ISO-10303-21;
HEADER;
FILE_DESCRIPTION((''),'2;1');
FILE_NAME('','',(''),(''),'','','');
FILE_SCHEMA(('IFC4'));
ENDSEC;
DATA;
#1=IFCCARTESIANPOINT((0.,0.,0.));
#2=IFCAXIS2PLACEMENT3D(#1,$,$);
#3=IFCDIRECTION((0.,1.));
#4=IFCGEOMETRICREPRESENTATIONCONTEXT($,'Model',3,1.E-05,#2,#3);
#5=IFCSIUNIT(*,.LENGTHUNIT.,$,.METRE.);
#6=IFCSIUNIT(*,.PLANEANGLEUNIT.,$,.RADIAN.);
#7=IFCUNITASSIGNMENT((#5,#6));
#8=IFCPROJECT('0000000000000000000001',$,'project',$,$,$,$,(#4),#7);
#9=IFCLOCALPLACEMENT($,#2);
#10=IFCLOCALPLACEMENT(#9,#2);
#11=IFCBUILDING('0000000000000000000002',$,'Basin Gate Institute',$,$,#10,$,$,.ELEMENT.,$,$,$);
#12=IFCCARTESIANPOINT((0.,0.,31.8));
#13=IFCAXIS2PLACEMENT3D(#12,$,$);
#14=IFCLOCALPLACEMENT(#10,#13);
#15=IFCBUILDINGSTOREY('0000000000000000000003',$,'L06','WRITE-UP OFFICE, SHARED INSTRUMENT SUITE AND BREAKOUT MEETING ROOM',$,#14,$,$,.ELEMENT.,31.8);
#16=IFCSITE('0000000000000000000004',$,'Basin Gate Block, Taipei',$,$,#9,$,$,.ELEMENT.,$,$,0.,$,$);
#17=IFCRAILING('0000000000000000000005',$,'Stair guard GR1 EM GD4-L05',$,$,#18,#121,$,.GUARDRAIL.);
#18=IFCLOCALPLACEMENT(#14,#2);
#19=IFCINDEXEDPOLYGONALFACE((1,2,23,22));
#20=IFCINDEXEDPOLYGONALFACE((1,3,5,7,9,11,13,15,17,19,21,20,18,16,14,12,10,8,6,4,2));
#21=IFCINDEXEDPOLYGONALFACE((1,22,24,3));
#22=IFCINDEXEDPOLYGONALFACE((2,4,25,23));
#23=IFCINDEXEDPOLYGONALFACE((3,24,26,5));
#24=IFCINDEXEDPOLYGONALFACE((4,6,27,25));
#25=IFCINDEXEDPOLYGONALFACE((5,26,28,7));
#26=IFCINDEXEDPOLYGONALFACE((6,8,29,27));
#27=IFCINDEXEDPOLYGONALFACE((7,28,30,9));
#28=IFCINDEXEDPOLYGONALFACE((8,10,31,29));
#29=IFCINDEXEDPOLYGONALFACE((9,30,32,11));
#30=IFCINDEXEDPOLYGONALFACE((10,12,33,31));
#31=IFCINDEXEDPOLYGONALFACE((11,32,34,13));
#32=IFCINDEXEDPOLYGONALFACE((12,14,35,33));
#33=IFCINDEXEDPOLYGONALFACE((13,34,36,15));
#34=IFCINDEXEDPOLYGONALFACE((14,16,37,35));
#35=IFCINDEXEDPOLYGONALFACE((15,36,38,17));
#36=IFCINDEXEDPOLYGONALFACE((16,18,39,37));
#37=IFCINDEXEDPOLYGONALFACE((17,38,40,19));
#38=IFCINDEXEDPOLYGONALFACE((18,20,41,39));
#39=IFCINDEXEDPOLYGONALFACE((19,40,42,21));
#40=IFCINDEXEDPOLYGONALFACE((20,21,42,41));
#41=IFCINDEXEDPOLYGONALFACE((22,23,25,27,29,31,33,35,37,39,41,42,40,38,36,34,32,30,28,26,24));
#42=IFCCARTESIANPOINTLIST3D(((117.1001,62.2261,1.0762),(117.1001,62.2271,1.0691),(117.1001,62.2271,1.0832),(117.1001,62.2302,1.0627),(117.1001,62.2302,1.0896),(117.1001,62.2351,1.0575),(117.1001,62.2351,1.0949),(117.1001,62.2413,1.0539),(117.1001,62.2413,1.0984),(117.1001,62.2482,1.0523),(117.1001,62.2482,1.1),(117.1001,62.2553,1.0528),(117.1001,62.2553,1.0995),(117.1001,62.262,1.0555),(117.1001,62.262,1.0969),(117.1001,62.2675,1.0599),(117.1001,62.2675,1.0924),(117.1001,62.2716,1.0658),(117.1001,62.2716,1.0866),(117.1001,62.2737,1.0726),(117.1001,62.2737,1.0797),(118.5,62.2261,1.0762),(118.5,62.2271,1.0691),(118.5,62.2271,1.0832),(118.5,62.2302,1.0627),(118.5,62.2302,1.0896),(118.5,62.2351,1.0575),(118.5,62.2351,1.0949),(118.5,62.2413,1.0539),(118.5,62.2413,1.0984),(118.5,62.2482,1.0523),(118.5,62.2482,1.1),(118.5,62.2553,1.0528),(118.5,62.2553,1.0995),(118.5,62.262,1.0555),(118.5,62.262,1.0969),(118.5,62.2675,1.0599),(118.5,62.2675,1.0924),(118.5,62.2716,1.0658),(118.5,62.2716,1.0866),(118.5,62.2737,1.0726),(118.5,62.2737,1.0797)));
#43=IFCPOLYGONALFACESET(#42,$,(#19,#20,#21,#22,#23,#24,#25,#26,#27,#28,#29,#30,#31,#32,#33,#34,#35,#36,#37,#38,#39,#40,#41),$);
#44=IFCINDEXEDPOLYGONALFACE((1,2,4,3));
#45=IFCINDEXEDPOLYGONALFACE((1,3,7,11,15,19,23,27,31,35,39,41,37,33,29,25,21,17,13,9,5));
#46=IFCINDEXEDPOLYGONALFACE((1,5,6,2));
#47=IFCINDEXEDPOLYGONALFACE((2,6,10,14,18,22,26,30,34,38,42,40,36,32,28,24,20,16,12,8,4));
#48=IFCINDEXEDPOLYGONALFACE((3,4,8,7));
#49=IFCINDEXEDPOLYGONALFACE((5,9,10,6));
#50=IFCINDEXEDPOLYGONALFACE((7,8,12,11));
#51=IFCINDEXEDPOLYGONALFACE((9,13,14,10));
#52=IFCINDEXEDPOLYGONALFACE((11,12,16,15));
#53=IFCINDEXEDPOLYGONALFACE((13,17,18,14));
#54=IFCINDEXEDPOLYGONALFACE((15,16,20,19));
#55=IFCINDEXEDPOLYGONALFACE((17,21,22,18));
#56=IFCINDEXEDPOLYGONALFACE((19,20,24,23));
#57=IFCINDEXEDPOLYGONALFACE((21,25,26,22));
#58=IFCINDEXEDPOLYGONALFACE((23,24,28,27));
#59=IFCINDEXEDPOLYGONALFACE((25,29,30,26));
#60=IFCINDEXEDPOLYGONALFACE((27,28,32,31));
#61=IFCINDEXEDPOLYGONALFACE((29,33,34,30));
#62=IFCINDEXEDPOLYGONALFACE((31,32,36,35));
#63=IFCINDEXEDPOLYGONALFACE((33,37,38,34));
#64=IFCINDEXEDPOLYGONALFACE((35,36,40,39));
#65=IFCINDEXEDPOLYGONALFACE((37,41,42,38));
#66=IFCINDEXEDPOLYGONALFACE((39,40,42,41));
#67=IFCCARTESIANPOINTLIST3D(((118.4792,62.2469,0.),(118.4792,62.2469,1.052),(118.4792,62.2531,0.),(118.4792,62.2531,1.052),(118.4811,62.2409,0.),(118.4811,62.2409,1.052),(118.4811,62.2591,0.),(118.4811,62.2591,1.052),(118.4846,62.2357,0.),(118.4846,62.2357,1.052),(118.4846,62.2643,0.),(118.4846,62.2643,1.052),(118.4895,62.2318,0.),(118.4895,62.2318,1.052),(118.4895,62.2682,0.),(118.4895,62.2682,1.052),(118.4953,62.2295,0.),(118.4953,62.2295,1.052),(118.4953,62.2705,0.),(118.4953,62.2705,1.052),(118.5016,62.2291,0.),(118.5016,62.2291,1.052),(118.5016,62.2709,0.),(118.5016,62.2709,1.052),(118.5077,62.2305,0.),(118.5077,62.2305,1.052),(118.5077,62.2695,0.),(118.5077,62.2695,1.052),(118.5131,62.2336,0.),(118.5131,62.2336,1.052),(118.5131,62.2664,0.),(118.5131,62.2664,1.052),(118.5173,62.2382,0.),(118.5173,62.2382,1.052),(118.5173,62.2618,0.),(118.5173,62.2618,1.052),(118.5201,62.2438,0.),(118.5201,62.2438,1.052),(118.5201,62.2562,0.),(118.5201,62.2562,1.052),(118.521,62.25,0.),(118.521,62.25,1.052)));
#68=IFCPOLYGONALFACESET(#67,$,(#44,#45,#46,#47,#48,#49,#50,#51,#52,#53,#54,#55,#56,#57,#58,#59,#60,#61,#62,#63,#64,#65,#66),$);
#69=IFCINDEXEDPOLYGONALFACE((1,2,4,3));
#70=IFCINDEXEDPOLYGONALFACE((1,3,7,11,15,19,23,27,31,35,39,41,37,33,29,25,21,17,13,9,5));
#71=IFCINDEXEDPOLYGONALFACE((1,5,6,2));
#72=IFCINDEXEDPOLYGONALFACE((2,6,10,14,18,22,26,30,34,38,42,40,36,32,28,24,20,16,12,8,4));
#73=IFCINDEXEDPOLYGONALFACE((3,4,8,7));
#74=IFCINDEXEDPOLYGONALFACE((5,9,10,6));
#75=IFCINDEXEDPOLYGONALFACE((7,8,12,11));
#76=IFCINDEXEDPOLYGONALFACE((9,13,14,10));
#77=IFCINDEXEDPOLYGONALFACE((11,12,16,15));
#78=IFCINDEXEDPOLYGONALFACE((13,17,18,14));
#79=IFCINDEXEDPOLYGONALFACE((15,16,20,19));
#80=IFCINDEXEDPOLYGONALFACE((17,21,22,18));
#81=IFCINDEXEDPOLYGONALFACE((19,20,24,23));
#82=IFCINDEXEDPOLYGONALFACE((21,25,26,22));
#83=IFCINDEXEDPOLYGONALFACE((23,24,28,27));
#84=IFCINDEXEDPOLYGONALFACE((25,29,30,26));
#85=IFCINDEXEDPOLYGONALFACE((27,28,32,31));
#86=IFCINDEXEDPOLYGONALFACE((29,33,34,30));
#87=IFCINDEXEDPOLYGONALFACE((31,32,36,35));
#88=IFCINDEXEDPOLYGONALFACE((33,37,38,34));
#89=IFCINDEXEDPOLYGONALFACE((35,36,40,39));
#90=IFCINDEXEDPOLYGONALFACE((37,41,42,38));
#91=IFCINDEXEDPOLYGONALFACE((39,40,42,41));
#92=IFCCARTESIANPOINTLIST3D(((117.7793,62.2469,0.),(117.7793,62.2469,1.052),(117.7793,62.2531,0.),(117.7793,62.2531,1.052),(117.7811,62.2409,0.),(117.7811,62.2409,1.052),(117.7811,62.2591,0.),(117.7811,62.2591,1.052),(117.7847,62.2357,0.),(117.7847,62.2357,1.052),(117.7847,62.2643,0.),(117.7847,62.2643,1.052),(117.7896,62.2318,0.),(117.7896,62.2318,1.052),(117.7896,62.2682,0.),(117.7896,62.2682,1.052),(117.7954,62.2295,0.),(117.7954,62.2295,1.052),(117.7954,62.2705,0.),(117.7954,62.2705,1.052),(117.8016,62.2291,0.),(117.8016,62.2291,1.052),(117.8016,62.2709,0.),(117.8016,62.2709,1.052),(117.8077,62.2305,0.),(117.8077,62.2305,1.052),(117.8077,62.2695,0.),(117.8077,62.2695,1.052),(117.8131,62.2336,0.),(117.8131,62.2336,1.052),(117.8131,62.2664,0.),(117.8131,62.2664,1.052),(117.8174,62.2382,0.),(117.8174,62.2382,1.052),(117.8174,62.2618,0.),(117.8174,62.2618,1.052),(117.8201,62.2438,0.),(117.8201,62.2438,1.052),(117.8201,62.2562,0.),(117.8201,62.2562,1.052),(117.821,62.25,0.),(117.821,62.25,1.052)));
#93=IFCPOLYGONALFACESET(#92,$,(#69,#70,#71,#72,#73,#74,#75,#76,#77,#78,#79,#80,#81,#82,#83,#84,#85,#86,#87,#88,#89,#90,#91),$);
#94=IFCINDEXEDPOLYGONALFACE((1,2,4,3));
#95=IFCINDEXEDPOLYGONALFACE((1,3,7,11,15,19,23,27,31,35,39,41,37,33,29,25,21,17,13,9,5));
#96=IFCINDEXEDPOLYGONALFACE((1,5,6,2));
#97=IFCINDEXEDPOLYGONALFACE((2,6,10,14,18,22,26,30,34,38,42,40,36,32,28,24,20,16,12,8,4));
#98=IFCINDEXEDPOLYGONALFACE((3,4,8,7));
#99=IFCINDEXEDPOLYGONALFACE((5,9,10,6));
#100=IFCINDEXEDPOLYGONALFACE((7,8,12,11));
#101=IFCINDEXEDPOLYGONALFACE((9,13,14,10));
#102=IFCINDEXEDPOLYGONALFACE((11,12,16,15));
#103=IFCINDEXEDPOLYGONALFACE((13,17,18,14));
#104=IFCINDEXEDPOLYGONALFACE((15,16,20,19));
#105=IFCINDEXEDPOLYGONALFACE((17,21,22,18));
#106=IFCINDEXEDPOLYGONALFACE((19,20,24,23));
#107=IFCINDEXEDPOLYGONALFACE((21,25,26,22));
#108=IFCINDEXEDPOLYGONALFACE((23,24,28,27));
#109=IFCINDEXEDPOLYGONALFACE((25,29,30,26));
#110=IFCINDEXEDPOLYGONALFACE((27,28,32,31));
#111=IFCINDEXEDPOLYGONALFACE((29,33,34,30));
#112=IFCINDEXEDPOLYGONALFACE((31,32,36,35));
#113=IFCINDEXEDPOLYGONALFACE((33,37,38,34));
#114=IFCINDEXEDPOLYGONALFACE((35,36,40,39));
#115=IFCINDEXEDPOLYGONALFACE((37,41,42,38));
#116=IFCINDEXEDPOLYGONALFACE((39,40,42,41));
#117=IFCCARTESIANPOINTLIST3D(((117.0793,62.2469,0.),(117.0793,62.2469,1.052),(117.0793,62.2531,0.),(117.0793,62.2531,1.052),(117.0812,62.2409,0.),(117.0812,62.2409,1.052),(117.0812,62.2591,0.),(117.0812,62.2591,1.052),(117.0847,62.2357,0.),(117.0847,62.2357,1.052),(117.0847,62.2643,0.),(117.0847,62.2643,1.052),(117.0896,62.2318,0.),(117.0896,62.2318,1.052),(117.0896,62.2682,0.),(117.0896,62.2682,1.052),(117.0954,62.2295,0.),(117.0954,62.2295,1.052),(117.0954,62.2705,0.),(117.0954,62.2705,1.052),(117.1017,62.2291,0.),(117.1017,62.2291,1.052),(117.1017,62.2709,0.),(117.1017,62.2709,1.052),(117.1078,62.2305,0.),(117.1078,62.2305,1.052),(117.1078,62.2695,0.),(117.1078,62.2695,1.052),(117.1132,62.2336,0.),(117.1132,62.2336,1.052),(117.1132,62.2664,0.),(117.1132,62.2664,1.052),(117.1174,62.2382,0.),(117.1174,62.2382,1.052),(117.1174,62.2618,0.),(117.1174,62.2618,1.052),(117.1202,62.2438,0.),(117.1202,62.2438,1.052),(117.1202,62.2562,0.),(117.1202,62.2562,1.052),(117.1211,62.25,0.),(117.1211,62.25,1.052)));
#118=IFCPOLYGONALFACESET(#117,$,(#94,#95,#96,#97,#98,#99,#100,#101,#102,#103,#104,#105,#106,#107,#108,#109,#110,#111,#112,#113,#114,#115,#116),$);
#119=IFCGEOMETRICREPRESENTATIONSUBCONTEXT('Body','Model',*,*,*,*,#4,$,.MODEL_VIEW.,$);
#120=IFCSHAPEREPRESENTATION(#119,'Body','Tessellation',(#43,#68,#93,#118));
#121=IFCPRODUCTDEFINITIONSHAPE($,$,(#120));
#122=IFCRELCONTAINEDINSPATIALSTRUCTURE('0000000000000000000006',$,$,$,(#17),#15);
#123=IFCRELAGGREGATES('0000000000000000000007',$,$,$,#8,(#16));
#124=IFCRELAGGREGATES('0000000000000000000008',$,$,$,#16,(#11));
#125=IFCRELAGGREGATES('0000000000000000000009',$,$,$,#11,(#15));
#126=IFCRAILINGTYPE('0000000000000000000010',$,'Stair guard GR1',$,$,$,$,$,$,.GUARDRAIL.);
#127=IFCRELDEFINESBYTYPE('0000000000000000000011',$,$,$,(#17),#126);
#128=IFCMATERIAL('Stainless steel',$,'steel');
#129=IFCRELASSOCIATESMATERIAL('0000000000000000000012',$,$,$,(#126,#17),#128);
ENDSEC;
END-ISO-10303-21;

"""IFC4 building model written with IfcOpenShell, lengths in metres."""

from ifc_helpers import new_model, si_unit, direction, frame, origin, origin_2d, place, context, subcontext, project, spatial, circle, extrude, material, type_object, element, save


model = new_model("IFC4")

# Units and contexts
model_context = context("Model", 3, precision=1e-05, world=origin(), true_north=direction((0.0, 1.0)))
body_context = subcontext(model_context, "Body", "Model", "MODEL_VIEW")
ifc_project = project(units=[si_unit("LENGTHUNIT", "METRE"), si_unit("PLANEANGLEUNIT", "RADIAN")], contexts=[model_context])

# Site, building, storey
site_placement = place(None, origin())
site = spatial("IfcSite", under=ifc_project, at=site_placement, Name="Basin Gate Block, Taipei", CompositionType="ELEMENT", RefElevation=0.0)
building_placement = place(site_placement, origin())
building = spatial("IfcBuilding", under=site, at=building_placement, Name="Basin Gate Institute", CompositionType="ELEMENT")
storey_placement = place(building_placement, frame((0.0, 0.0, 31.8)))
storey = spatial("IfcBuildingStorey", under=building, at=storey_placement, Name="L06", Description="WRITE-UP OFFICE, SHARED INSTRUMENT SUITE AND BREAKOUT MEETING ROOM", CompositionType="ELEMENT", Elevation=31.8)

# Railing
ifc_material_1 = material(Name="Stainless steel", Category="steel")
railing_type_1 = type_object("IfcRailingType", Name="Stair guard GR1", PredefinedType="GUARDRAIL", material=ifc_material_1)
railing_1_placement = place(storey_placement, frame((118.5, 62.25, 0.0)))
element("IfcRailing", 1, at=railing_1_placement, inside=storey, type_object=railing_type_1, material=ifc_material_1, Name="Stair guard GR1 EM GD4-L05", PredefinedType="GUARDRAIL", context=body_context, shape_type="SweptSolid", body=[
    extrude(circle(Radius=0.0239, at=origin_2d()), frame((0.0, 0.0, 1.0762), z_axis=(-1.0, 0.0, 0.0), x_axis=(0.0, -1.0, 0.0)), (0.0, 0.0, 1.0), 1.3999),
    extrude(circle(Radius=0.021, at=origin_2d()), origin(), (0.0, 0.0, 1.0), 1.052),
    extrude(circle(Radius=0.021, at=origin_2d()), frame((-0.7, 0.0, 0.0)), (0.0, 0.0, 1.0), 1.052),
    extrude(circle(Radius=0.021, at=origin_2d()), frame((-1.3999, 0.0, 0.0)), (0.0, 0.0, 1.0), 1.052),
])

save(model, "model.ifc")
